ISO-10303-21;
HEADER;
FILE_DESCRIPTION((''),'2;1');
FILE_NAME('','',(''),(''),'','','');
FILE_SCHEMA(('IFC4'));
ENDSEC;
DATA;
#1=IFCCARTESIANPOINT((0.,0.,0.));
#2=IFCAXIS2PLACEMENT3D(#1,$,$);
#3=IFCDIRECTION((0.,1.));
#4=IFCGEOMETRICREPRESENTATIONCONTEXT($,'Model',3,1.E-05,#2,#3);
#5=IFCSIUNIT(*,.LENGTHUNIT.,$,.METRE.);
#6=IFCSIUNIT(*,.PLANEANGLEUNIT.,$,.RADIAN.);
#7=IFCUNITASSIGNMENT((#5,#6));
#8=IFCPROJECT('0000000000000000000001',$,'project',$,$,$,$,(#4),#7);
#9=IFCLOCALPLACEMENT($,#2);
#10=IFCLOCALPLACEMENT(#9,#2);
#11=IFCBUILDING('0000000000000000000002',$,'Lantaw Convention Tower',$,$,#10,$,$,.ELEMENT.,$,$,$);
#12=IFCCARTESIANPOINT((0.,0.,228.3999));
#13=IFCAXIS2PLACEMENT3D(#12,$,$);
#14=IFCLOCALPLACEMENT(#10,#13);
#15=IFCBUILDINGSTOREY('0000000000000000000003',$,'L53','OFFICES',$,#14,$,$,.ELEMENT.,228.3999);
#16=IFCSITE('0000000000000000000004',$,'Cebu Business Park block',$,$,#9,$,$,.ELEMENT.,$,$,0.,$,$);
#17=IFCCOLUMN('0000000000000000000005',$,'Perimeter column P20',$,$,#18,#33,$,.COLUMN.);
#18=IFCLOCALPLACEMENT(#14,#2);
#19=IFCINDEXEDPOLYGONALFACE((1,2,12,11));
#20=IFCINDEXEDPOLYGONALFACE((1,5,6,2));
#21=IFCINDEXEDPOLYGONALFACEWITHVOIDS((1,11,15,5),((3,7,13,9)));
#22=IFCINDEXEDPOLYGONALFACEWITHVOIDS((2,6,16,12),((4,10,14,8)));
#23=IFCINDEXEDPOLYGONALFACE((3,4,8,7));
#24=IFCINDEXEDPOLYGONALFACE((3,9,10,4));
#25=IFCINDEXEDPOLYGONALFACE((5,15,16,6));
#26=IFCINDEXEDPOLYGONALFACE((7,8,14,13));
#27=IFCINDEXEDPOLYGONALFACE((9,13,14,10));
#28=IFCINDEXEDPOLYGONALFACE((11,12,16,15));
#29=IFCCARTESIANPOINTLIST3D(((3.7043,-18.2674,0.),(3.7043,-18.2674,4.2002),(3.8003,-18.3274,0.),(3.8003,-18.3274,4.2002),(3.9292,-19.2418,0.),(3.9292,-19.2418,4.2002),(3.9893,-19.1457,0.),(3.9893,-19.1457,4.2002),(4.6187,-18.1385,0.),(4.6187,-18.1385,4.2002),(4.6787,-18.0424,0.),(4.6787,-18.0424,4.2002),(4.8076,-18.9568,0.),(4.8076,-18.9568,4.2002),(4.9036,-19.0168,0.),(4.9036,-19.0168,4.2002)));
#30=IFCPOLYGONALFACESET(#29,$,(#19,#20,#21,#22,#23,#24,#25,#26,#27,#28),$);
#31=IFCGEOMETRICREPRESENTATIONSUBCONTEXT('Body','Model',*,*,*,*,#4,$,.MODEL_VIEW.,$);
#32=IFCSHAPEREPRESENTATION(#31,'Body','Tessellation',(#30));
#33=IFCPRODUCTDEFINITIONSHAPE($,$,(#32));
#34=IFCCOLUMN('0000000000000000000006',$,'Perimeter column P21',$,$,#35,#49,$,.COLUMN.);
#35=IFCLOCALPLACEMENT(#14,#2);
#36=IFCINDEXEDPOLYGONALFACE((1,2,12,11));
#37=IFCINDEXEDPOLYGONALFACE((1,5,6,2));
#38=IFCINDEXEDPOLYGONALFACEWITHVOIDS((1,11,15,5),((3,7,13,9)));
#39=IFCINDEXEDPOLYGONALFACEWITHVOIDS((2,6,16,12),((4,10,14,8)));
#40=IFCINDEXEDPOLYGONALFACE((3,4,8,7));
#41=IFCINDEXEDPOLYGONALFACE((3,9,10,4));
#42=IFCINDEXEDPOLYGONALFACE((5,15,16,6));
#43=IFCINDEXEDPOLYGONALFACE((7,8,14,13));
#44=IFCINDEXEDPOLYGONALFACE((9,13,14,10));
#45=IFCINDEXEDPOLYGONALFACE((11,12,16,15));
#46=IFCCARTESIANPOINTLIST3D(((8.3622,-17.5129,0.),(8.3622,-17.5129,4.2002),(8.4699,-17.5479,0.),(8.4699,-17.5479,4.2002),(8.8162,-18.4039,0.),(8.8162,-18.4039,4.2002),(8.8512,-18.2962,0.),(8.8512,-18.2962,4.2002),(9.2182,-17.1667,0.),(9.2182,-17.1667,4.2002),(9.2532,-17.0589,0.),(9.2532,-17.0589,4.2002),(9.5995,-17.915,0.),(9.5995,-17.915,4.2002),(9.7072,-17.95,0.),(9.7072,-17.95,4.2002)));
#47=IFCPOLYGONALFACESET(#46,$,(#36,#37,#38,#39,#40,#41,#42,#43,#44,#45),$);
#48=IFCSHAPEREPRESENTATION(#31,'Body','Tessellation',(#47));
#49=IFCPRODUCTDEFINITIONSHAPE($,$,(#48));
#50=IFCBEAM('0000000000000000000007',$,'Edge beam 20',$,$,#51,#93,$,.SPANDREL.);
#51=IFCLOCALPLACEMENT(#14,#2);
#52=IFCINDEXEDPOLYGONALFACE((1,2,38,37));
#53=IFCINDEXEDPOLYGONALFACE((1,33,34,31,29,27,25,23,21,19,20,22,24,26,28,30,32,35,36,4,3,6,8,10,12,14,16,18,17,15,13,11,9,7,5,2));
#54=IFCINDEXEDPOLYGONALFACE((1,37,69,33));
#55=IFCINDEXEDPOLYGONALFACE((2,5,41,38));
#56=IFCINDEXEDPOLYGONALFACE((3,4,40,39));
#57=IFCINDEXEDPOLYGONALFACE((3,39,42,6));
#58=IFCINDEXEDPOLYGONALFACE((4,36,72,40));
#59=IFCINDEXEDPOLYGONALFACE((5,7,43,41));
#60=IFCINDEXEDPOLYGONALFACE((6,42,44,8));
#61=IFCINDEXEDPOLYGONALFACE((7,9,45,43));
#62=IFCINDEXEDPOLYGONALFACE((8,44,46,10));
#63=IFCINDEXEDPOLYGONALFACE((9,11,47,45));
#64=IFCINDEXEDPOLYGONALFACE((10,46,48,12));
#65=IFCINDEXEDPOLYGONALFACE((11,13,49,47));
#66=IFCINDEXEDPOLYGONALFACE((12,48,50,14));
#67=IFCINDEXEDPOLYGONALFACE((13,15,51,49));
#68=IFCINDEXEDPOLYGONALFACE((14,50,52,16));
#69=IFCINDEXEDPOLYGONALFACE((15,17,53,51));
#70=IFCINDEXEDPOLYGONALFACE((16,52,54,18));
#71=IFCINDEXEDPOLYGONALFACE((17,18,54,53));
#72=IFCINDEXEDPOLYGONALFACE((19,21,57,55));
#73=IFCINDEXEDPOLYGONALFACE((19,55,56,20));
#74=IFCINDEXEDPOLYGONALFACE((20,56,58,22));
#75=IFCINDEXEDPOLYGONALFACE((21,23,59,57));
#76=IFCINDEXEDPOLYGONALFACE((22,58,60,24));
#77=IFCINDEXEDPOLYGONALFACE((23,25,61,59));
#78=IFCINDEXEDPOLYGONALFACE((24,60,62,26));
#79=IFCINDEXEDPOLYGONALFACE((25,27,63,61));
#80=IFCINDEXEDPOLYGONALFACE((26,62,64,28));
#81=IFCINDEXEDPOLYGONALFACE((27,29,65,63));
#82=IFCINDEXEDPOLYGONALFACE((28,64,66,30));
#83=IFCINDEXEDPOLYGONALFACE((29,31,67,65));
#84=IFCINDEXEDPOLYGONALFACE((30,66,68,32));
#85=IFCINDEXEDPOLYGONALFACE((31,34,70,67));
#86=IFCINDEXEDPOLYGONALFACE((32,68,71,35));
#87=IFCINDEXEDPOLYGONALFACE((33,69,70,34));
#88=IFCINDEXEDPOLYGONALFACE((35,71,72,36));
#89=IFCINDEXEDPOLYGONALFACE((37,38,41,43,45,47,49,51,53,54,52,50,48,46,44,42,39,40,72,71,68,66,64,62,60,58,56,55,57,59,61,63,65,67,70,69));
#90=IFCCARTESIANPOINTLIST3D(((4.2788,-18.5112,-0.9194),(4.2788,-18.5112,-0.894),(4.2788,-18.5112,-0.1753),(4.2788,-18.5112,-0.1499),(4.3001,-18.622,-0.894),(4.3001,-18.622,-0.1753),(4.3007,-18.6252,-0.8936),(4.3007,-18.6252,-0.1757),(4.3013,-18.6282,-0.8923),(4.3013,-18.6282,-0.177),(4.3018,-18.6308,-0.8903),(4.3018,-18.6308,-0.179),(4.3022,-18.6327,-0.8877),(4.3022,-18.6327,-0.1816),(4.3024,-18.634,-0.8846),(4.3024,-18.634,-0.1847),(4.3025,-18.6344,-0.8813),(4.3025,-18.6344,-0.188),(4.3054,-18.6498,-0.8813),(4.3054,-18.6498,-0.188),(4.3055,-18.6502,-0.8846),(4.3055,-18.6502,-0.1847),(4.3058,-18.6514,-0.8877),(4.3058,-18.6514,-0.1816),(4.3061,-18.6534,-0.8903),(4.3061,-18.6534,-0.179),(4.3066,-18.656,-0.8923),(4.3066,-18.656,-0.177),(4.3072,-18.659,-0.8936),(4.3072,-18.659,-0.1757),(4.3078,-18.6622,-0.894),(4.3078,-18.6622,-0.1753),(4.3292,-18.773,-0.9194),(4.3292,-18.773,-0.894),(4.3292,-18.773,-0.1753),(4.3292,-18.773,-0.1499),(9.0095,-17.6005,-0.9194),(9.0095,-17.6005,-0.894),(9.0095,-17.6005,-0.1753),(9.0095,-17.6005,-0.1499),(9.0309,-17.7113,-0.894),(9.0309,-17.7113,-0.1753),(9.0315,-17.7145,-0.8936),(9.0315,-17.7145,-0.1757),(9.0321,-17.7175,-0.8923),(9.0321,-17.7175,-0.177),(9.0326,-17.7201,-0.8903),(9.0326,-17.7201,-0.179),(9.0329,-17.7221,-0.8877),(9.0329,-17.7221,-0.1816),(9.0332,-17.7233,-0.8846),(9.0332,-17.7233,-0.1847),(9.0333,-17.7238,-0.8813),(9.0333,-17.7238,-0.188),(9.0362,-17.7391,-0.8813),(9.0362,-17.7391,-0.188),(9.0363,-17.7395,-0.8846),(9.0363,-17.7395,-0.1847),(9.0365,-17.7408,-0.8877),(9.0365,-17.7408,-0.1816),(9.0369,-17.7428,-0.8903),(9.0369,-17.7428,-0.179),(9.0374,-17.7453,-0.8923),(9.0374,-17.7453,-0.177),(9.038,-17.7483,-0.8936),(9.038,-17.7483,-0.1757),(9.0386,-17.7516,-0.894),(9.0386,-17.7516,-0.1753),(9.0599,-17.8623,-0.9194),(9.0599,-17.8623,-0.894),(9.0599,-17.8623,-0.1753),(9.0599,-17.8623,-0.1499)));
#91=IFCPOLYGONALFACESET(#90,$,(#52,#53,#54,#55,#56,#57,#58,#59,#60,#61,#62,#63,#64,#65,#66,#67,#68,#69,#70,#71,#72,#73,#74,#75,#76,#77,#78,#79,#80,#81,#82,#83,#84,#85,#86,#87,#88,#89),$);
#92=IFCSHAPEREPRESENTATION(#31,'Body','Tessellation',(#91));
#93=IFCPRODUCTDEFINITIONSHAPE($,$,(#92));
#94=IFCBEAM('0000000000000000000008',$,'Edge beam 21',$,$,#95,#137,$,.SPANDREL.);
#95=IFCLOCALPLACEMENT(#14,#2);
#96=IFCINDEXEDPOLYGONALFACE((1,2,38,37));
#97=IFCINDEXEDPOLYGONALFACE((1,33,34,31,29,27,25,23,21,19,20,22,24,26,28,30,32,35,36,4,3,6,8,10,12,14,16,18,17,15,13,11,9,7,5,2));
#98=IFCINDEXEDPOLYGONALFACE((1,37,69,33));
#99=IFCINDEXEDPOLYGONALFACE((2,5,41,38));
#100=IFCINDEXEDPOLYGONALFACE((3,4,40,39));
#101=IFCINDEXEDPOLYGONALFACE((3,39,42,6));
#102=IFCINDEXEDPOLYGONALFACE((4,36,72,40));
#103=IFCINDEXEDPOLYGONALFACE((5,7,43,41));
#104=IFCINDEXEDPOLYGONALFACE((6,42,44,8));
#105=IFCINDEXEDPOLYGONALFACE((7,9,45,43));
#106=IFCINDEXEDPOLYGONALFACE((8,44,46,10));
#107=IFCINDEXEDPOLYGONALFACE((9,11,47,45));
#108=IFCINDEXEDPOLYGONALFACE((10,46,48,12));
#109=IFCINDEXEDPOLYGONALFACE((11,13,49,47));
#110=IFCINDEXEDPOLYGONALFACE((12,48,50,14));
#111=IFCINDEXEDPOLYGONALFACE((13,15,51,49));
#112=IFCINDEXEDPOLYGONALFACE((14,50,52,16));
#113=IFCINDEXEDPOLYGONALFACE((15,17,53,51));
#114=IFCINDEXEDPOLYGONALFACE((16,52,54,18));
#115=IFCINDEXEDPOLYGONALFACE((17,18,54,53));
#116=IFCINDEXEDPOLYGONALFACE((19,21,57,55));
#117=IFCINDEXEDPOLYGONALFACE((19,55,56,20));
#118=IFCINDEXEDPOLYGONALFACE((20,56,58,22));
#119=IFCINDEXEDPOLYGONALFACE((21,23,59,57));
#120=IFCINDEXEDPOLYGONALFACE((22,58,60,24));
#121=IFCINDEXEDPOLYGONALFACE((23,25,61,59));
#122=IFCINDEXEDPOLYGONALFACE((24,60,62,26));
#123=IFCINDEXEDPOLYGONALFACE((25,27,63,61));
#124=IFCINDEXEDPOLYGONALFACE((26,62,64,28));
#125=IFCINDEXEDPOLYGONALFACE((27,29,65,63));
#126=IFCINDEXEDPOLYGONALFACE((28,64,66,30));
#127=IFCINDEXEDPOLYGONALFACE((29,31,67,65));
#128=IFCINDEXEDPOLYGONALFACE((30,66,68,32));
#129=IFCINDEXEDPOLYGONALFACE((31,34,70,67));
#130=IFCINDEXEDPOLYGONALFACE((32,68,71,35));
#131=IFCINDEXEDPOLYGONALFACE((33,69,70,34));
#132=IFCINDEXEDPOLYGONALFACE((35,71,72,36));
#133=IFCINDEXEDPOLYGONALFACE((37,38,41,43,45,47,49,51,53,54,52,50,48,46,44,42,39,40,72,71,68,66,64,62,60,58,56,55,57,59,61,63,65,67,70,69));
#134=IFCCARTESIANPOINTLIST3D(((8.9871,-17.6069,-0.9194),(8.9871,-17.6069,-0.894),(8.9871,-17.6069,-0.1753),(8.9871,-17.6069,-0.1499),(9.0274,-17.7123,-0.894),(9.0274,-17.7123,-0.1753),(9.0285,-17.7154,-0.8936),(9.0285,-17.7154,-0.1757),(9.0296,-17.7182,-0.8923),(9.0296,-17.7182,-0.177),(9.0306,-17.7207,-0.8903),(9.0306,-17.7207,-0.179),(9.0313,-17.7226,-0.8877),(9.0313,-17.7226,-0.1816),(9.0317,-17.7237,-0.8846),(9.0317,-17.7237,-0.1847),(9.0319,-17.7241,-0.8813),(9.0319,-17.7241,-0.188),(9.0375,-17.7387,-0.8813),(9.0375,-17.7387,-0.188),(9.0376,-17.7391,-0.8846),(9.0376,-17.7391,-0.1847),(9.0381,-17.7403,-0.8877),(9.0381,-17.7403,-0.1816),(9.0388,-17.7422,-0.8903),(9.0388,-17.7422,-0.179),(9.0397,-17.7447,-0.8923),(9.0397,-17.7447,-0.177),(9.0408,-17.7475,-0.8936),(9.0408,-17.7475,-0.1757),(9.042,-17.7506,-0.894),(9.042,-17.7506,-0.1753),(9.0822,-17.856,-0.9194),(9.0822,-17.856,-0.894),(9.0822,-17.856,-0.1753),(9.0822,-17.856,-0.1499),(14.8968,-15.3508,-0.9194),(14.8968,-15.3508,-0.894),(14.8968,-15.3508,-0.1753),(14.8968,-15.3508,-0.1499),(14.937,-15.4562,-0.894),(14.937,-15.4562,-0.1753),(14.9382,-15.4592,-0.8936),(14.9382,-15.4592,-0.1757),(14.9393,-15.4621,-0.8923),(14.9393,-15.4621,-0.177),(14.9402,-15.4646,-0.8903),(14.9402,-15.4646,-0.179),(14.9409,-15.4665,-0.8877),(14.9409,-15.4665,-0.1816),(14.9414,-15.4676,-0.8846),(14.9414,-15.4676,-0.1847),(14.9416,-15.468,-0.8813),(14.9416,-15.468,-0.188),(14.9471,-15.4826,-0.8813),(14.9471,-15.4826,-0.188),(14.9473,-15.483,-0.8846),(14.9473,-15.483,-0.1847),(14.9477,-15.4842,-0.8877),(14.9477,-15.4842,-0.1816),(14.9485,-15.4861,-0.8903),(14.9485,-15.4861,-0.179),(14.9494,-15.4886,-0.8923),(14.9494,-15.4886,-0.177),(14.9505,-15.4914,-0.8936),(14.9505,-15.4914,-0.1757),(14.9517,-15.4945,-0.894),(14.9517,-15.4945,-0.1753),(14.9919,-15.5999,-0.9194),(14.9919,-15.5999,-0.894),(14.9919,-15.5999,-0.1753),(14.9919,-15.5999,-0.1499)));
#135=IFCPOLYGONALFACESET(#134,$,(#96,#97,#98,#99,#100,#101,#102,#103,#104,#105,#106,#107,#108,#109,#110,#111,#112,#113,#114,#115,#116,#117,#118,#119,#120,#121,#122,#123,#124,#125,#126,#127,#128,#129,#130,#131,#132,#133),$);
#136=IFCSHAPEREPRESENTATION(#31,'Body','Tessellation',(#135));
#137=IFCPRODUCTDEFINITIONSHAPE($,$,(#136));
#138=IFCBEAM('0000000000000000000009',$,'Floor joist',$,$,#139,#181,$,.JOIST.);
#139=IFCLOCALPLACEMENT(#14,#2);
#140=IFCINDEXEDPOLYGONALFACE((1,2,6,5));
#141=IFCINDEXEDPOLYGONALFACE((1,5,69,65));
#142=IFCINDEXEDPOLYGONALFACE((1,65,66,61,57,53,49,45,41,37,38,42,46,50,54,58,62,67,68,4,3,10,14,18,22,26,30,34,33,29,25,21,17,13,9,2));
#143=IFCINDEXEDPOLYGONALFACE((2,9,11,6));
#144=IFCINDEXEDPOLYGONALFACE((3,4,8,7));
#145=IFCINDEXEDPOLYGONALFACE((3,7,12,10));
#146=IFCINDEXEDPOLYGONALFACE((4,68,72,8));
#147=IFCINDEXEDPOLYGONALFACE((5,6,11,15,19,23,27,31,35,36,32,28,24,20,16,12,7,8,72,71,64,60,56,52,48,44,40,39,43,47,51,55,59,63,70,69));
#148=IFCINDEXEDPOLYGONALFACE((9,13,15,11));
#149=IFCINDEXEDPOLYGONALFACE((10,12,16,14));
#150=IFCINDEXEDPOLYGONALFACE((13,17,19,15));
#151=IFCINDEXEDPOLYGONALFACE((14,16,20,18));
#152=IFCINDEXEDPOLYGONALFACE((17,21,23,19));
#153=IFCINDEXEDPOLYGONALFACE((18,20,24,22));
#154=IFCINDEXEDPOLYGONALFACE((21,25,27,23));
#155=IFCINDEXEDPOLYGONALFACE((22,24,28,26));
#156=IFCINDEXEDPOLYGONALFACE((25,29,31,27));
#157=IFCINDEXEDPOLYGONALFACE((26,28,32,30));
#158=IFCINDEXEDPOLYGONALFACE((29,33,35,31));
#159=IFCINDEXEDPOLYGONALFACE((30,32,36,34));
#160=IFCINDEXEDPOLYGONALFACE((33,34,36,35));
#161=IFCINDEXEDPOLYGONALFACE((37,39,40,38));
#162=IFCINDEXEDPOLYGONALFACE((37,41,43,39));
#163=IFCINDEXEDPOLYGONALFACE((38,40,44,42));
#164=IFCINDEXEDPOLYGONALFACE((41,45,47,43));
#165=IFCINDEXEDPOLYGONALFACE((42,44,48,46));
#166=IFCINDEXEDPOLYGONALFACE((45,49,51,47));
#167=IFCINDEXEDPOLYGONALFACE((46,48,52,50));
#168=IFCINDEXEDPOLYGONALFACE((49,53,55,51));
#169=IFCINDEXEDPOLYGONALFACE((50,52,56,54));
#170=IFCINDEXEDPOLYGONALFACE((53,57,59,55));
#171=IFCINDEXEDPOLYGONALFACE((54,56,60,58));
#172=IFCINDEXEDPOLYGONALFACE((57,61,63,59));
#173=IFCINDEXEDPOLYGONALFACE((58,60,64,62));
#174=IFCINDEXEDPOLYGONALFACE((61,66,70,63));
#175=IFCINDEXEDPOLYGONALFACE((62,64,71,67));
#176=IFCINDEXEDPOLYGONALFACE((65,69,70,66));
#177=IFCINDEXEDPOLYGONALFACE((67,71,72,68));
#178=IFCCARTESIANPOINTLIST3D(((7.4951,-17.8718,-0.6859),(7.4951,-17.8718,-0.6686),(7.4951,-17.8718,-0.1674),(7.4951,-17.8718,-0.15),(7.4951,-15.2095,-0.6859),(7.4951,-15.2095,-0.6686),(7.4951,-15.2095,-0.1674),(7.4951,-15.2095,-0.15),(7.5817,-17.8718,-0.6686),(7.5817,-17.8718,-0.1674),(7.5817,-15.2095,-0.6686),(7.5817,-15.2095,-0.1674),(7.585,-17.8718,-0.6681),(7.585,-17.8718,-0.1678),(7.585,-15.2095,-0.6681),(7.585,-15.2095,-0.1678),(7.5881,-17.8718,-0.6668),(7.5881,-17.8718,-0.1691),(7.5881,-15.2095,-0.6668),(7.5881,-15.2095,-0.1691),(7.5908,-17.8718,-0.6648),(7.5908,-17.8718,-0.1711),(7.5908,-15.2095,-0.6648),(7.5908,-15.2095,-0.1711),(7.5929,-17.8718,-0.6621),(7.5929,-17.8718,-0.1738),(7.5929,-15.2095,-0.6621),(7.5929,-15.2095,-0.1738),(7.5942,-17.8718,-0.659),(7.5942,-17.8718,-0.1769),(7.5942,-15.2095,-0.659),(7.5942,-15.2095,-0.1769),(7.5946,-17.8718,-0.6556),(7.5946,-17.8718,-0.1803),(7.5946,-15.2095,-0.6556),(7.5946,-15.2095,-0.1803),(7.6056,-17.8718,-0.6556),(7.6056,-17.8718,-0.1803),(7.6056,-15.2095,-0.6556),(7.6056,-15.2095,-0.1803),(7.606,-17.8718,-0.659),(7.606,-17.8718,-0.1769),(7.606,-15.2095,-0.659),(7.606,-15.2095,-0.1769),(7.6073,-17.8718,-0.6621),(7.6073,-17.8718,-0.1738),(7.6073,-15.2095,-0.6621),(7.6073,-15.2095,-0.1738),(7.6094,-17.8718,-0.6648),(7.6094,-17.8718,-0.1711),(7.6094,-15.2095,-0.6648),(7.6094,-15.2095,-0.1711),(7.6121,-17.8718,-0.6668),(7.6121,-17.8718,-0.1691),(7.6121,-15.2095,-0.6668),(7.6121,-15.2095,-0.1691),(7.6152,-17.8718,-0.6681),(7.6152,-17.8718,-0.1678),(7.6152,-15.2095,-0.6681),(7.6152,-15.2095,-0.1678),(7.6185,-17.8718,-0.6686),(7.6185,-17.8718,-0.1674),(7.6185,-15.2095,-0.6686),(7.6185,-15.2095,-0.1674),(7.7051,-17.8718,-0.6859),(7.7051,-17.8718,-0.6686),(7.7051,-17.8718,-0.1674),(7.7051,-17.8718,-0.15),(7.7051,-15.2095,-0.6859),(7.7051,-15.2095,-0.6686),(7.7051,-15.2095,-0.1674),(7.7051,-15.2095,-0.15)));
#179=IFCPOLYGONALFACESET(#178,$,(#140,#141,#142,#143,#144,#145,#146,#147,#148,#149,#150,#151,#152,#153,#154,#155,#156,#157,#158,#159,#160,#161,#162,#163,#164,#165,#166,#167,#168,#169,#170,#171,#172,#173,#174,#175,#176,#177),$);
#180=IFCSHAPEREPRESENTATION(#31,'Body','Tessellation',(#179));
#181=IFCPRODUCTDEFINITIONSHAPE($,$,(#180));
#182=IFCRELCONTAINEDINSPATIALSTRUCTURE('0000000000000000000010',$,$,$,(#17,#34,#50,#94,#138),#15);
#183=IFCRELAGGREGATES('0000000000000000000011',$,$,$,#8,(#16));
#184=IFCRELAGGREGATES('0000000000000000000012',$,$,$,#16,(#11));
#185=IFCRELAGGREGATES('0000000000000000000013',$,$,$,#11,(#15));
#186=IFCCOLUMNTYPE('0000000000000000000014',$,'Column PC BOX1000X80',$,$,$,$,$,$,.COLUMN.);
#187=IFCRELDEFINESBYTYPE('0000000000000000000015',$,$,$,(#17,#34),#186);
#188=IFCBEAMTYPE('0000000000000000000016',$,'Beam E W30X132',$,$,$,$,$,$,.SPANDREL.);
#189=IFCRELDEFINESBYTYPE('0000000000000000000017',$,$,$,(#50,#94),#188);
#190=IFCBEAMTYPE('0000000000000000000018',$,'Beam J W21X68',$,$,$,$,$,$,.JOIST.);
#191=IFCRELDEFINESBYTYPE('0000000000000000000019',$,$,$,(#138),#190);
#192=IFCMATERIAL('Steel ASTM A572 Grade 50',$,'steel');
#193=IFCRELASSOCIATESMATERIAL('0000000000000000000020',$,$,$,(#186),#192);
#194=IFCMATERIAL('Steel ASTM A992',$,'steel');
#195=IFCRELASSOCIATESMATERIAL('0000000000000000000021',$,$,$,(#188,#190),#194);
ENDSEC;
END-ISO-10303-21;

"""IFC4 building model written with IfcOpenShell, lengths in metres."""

from ifc_helpers import new_model, si_unit, direction, frame, origin, origin_2d, place, context, subcontext, project, spatial, rectangle, hollow_rectangle, i_section, extrude, material, material_profile, profile_set, type_object, element, save


model = new_model("IFC4")

# Units and contexts
model_context = context("Model", 3, precision=1e-05, world=origin(), true_north=direction((0.0, 1.0)))
body_context = subcontext(model_context, "Body", "Model", "MODEL_VIEW")
ifc_project = project(units=[si_unit("LENGTHUNIT", "METRE"), si_unit("PLANEANGLEUNIT", "RADIAN")], contexts=[model_context])

# Site, building, storey
site_placement = place(None, origin())
site = spatial("IfcSite", under=ifc_project, at=site_placement, Name="Cebu Business Park block", CompositionType="ELEMENT", RefElevation=0.0)
building_placement = place(site_placement, origin())
building = spatial("IfcBuilding", under=site, at=building_placement, Name="Lantaw Convention Tower", CompositionType="ELEMENT")
storey_placement = place(building_placement, frame((0.0, 0.0, 228.3999)))
storey = spatial("IfcBuildingStorey", under=building, at=storey_placement, Name="L53", Description="OFFICES", CompositionType="ELEMENT", Elevation=228.3999)

# Columns
ifc_material_1 = material(Name="Steel ASTM A572 Grade 50", Category="steel")
ifc_material_profile_1 = material_profile(ifc_material_1, hollow_rectangle(XDim=1.0, YDim=1.0, WallThickness=0.0801, at=origin_2d()), Name="BOX1000X80")
ifc_material_2 = material(Name="Concrete C60/75", Category="concrete")
ifc_material_profile_2 = material_profile(ifc_material_2, rectangle(XDim=0.8401, YDim=0.8401, at=origin_2d()), Name="Concrete fill of BOX1000X80")
ifc_profile_set_1 = profile_set([ifc_material_profile_1, ifc_material_profile_2], Name="Steel ASTM A572 Grade 50")
column_type = type_object("IfcColumnType", Name="Column PC BOX1000X80", PredefinedType="COLUMN", material=ifc_profile_set_1)
for number, where, z_axis, x_axis, name in (
    (1, (4.304, -18.6421, 0.0), (0.0, 0.0, 1.0), (0.97437, 0.224951, 0.0), "Perimeter column P20"),
    (2, (9.0347, -17.7314, 0.0), (0.0, 0.0, 1.0), (0.891007, 0.45399, 0.0), "Perimeter column P21"),
):
    element("IfcColumn", number, at=place(storey_placement, frame(where, z_axis=z_axis, x_axis=x_axis)), inside=storey, type_object=column_type, Name=name, PredefinedType="COLUMN", context=body_context, shape_type="SweptSolid", body=[
        extrude(hollow_rectangle(XDim=1.0, YDim=1.0, WallThickness=0.0801, at=origin_2d()), origin(), (0.0, 0.0, 1.0), 4.2002),
    ])

# Beams
ifc_material_3 = material(Name="Steel ASTM A992", Category="steel")
ifc_material_profile_3 = material_profile(ifc_material_3, i_section(OverallWidth=0.2666, OverallDepth=0.7695, WebThickness=0.0156, FlangeThickness=0.0254, FilletRadius=0.0127, at=origin_2d()), Name="W30X132")
ifc_profile_set_2 = profile_set([ifc_material_profile_3], Name="Steel ASTM A992")
beam_type_1 = type_object("IfcBeamType", Name="Beam E W30X132", PredefinedType="SPANDREL", material=ifc_profile_set_2)
beam_1_placement = place(storey_placement, frame((4.304, -18.6421, -0.5347), z_axis=(0.981972, 0.189026, 0.0), x_axis=(-0.189026, 0.981972, 0.0)))
element("IfcBeam", 3, at=beam_1_placement, inside=storey, type_object=beam_type_1, Name="Edge beam 20", PredefinedType="SPANDREL", context=body_context, shape_type="SweptSolid", body=[
    extrude(i_section(OverallWidth=0.2666, OverallDepth=0.7695, WebThickness=0.0156, FlangeThickness=0.0254, FilletRadius=0.0127, at=origin_2d()), origin(), (0.0, 0.0, 1.0), 4.8176),
])
beam_2_placement = place(storey_placement, frame((9.0347, -17.7314, -0.5347), z_axis=(0.934235, 0.356658, 0.0), x_axis=(-0.356658, 0.934235, 0.0)))
element("IfcBeam", 4, at=beam_2_placement, inside=storey, type_object=beam_type_1, Name="Edge beam 21", PredefinedType="SPANDREL", context=body_context, shape_type="SweptSolid", body=[
    extrude(i_section(OverallWidth=0.2666, OverallDepth=0.7695, WebThickness=0.0156, FlangeThickness=0.0254, FilletRadius=0.0127, at=origin_2d()), origin(), (0.0, 0.0, 1.0), 6.3257),
])
ifc_material_profile_4 = material_profile(ifc_material_3, i_section(OverallWidth=0.21, OverallDepth=0.5359, WebThickness=0.011, FlangeThickness=0.0173, FilletRadius=0.0129, at=origin_2d()), Name="W21X68")
ifc_profile_set_3 = profile_set([ifc_material_profile_4], Name="Steel ASTM A992")
beam_type_2 = type_object("IfcBeamType", Name="Beam J W21X68", PredefinedType="JOIST", material=ifc_profile_set_3)
beam_3_placement = place(storey_placement, frame((7.6001, -17.8718, -0.418), z_axis=(0.0, 1.0, 0.0), x_axis=(-1.0, 0.0, 0.0)))
element("IfcBeam", 5, at=beam_3_placement, inside=storey, type_object=beam_type_2, Name="Floor joist", PredefinedType="JOIST", context=body_context, shape_type="SweptSolid", body=[
    extrude(i_section(OverallWidth=0.21, OverallDepth=0.5359, WebThickness=0.011, FlangeThickness=0.0173, FilletRadius=0.0129, at=origin_2d()), origin(), (0.0, 0.0, 1.0), 2.6624),
])

save(model, "model.ifc")
